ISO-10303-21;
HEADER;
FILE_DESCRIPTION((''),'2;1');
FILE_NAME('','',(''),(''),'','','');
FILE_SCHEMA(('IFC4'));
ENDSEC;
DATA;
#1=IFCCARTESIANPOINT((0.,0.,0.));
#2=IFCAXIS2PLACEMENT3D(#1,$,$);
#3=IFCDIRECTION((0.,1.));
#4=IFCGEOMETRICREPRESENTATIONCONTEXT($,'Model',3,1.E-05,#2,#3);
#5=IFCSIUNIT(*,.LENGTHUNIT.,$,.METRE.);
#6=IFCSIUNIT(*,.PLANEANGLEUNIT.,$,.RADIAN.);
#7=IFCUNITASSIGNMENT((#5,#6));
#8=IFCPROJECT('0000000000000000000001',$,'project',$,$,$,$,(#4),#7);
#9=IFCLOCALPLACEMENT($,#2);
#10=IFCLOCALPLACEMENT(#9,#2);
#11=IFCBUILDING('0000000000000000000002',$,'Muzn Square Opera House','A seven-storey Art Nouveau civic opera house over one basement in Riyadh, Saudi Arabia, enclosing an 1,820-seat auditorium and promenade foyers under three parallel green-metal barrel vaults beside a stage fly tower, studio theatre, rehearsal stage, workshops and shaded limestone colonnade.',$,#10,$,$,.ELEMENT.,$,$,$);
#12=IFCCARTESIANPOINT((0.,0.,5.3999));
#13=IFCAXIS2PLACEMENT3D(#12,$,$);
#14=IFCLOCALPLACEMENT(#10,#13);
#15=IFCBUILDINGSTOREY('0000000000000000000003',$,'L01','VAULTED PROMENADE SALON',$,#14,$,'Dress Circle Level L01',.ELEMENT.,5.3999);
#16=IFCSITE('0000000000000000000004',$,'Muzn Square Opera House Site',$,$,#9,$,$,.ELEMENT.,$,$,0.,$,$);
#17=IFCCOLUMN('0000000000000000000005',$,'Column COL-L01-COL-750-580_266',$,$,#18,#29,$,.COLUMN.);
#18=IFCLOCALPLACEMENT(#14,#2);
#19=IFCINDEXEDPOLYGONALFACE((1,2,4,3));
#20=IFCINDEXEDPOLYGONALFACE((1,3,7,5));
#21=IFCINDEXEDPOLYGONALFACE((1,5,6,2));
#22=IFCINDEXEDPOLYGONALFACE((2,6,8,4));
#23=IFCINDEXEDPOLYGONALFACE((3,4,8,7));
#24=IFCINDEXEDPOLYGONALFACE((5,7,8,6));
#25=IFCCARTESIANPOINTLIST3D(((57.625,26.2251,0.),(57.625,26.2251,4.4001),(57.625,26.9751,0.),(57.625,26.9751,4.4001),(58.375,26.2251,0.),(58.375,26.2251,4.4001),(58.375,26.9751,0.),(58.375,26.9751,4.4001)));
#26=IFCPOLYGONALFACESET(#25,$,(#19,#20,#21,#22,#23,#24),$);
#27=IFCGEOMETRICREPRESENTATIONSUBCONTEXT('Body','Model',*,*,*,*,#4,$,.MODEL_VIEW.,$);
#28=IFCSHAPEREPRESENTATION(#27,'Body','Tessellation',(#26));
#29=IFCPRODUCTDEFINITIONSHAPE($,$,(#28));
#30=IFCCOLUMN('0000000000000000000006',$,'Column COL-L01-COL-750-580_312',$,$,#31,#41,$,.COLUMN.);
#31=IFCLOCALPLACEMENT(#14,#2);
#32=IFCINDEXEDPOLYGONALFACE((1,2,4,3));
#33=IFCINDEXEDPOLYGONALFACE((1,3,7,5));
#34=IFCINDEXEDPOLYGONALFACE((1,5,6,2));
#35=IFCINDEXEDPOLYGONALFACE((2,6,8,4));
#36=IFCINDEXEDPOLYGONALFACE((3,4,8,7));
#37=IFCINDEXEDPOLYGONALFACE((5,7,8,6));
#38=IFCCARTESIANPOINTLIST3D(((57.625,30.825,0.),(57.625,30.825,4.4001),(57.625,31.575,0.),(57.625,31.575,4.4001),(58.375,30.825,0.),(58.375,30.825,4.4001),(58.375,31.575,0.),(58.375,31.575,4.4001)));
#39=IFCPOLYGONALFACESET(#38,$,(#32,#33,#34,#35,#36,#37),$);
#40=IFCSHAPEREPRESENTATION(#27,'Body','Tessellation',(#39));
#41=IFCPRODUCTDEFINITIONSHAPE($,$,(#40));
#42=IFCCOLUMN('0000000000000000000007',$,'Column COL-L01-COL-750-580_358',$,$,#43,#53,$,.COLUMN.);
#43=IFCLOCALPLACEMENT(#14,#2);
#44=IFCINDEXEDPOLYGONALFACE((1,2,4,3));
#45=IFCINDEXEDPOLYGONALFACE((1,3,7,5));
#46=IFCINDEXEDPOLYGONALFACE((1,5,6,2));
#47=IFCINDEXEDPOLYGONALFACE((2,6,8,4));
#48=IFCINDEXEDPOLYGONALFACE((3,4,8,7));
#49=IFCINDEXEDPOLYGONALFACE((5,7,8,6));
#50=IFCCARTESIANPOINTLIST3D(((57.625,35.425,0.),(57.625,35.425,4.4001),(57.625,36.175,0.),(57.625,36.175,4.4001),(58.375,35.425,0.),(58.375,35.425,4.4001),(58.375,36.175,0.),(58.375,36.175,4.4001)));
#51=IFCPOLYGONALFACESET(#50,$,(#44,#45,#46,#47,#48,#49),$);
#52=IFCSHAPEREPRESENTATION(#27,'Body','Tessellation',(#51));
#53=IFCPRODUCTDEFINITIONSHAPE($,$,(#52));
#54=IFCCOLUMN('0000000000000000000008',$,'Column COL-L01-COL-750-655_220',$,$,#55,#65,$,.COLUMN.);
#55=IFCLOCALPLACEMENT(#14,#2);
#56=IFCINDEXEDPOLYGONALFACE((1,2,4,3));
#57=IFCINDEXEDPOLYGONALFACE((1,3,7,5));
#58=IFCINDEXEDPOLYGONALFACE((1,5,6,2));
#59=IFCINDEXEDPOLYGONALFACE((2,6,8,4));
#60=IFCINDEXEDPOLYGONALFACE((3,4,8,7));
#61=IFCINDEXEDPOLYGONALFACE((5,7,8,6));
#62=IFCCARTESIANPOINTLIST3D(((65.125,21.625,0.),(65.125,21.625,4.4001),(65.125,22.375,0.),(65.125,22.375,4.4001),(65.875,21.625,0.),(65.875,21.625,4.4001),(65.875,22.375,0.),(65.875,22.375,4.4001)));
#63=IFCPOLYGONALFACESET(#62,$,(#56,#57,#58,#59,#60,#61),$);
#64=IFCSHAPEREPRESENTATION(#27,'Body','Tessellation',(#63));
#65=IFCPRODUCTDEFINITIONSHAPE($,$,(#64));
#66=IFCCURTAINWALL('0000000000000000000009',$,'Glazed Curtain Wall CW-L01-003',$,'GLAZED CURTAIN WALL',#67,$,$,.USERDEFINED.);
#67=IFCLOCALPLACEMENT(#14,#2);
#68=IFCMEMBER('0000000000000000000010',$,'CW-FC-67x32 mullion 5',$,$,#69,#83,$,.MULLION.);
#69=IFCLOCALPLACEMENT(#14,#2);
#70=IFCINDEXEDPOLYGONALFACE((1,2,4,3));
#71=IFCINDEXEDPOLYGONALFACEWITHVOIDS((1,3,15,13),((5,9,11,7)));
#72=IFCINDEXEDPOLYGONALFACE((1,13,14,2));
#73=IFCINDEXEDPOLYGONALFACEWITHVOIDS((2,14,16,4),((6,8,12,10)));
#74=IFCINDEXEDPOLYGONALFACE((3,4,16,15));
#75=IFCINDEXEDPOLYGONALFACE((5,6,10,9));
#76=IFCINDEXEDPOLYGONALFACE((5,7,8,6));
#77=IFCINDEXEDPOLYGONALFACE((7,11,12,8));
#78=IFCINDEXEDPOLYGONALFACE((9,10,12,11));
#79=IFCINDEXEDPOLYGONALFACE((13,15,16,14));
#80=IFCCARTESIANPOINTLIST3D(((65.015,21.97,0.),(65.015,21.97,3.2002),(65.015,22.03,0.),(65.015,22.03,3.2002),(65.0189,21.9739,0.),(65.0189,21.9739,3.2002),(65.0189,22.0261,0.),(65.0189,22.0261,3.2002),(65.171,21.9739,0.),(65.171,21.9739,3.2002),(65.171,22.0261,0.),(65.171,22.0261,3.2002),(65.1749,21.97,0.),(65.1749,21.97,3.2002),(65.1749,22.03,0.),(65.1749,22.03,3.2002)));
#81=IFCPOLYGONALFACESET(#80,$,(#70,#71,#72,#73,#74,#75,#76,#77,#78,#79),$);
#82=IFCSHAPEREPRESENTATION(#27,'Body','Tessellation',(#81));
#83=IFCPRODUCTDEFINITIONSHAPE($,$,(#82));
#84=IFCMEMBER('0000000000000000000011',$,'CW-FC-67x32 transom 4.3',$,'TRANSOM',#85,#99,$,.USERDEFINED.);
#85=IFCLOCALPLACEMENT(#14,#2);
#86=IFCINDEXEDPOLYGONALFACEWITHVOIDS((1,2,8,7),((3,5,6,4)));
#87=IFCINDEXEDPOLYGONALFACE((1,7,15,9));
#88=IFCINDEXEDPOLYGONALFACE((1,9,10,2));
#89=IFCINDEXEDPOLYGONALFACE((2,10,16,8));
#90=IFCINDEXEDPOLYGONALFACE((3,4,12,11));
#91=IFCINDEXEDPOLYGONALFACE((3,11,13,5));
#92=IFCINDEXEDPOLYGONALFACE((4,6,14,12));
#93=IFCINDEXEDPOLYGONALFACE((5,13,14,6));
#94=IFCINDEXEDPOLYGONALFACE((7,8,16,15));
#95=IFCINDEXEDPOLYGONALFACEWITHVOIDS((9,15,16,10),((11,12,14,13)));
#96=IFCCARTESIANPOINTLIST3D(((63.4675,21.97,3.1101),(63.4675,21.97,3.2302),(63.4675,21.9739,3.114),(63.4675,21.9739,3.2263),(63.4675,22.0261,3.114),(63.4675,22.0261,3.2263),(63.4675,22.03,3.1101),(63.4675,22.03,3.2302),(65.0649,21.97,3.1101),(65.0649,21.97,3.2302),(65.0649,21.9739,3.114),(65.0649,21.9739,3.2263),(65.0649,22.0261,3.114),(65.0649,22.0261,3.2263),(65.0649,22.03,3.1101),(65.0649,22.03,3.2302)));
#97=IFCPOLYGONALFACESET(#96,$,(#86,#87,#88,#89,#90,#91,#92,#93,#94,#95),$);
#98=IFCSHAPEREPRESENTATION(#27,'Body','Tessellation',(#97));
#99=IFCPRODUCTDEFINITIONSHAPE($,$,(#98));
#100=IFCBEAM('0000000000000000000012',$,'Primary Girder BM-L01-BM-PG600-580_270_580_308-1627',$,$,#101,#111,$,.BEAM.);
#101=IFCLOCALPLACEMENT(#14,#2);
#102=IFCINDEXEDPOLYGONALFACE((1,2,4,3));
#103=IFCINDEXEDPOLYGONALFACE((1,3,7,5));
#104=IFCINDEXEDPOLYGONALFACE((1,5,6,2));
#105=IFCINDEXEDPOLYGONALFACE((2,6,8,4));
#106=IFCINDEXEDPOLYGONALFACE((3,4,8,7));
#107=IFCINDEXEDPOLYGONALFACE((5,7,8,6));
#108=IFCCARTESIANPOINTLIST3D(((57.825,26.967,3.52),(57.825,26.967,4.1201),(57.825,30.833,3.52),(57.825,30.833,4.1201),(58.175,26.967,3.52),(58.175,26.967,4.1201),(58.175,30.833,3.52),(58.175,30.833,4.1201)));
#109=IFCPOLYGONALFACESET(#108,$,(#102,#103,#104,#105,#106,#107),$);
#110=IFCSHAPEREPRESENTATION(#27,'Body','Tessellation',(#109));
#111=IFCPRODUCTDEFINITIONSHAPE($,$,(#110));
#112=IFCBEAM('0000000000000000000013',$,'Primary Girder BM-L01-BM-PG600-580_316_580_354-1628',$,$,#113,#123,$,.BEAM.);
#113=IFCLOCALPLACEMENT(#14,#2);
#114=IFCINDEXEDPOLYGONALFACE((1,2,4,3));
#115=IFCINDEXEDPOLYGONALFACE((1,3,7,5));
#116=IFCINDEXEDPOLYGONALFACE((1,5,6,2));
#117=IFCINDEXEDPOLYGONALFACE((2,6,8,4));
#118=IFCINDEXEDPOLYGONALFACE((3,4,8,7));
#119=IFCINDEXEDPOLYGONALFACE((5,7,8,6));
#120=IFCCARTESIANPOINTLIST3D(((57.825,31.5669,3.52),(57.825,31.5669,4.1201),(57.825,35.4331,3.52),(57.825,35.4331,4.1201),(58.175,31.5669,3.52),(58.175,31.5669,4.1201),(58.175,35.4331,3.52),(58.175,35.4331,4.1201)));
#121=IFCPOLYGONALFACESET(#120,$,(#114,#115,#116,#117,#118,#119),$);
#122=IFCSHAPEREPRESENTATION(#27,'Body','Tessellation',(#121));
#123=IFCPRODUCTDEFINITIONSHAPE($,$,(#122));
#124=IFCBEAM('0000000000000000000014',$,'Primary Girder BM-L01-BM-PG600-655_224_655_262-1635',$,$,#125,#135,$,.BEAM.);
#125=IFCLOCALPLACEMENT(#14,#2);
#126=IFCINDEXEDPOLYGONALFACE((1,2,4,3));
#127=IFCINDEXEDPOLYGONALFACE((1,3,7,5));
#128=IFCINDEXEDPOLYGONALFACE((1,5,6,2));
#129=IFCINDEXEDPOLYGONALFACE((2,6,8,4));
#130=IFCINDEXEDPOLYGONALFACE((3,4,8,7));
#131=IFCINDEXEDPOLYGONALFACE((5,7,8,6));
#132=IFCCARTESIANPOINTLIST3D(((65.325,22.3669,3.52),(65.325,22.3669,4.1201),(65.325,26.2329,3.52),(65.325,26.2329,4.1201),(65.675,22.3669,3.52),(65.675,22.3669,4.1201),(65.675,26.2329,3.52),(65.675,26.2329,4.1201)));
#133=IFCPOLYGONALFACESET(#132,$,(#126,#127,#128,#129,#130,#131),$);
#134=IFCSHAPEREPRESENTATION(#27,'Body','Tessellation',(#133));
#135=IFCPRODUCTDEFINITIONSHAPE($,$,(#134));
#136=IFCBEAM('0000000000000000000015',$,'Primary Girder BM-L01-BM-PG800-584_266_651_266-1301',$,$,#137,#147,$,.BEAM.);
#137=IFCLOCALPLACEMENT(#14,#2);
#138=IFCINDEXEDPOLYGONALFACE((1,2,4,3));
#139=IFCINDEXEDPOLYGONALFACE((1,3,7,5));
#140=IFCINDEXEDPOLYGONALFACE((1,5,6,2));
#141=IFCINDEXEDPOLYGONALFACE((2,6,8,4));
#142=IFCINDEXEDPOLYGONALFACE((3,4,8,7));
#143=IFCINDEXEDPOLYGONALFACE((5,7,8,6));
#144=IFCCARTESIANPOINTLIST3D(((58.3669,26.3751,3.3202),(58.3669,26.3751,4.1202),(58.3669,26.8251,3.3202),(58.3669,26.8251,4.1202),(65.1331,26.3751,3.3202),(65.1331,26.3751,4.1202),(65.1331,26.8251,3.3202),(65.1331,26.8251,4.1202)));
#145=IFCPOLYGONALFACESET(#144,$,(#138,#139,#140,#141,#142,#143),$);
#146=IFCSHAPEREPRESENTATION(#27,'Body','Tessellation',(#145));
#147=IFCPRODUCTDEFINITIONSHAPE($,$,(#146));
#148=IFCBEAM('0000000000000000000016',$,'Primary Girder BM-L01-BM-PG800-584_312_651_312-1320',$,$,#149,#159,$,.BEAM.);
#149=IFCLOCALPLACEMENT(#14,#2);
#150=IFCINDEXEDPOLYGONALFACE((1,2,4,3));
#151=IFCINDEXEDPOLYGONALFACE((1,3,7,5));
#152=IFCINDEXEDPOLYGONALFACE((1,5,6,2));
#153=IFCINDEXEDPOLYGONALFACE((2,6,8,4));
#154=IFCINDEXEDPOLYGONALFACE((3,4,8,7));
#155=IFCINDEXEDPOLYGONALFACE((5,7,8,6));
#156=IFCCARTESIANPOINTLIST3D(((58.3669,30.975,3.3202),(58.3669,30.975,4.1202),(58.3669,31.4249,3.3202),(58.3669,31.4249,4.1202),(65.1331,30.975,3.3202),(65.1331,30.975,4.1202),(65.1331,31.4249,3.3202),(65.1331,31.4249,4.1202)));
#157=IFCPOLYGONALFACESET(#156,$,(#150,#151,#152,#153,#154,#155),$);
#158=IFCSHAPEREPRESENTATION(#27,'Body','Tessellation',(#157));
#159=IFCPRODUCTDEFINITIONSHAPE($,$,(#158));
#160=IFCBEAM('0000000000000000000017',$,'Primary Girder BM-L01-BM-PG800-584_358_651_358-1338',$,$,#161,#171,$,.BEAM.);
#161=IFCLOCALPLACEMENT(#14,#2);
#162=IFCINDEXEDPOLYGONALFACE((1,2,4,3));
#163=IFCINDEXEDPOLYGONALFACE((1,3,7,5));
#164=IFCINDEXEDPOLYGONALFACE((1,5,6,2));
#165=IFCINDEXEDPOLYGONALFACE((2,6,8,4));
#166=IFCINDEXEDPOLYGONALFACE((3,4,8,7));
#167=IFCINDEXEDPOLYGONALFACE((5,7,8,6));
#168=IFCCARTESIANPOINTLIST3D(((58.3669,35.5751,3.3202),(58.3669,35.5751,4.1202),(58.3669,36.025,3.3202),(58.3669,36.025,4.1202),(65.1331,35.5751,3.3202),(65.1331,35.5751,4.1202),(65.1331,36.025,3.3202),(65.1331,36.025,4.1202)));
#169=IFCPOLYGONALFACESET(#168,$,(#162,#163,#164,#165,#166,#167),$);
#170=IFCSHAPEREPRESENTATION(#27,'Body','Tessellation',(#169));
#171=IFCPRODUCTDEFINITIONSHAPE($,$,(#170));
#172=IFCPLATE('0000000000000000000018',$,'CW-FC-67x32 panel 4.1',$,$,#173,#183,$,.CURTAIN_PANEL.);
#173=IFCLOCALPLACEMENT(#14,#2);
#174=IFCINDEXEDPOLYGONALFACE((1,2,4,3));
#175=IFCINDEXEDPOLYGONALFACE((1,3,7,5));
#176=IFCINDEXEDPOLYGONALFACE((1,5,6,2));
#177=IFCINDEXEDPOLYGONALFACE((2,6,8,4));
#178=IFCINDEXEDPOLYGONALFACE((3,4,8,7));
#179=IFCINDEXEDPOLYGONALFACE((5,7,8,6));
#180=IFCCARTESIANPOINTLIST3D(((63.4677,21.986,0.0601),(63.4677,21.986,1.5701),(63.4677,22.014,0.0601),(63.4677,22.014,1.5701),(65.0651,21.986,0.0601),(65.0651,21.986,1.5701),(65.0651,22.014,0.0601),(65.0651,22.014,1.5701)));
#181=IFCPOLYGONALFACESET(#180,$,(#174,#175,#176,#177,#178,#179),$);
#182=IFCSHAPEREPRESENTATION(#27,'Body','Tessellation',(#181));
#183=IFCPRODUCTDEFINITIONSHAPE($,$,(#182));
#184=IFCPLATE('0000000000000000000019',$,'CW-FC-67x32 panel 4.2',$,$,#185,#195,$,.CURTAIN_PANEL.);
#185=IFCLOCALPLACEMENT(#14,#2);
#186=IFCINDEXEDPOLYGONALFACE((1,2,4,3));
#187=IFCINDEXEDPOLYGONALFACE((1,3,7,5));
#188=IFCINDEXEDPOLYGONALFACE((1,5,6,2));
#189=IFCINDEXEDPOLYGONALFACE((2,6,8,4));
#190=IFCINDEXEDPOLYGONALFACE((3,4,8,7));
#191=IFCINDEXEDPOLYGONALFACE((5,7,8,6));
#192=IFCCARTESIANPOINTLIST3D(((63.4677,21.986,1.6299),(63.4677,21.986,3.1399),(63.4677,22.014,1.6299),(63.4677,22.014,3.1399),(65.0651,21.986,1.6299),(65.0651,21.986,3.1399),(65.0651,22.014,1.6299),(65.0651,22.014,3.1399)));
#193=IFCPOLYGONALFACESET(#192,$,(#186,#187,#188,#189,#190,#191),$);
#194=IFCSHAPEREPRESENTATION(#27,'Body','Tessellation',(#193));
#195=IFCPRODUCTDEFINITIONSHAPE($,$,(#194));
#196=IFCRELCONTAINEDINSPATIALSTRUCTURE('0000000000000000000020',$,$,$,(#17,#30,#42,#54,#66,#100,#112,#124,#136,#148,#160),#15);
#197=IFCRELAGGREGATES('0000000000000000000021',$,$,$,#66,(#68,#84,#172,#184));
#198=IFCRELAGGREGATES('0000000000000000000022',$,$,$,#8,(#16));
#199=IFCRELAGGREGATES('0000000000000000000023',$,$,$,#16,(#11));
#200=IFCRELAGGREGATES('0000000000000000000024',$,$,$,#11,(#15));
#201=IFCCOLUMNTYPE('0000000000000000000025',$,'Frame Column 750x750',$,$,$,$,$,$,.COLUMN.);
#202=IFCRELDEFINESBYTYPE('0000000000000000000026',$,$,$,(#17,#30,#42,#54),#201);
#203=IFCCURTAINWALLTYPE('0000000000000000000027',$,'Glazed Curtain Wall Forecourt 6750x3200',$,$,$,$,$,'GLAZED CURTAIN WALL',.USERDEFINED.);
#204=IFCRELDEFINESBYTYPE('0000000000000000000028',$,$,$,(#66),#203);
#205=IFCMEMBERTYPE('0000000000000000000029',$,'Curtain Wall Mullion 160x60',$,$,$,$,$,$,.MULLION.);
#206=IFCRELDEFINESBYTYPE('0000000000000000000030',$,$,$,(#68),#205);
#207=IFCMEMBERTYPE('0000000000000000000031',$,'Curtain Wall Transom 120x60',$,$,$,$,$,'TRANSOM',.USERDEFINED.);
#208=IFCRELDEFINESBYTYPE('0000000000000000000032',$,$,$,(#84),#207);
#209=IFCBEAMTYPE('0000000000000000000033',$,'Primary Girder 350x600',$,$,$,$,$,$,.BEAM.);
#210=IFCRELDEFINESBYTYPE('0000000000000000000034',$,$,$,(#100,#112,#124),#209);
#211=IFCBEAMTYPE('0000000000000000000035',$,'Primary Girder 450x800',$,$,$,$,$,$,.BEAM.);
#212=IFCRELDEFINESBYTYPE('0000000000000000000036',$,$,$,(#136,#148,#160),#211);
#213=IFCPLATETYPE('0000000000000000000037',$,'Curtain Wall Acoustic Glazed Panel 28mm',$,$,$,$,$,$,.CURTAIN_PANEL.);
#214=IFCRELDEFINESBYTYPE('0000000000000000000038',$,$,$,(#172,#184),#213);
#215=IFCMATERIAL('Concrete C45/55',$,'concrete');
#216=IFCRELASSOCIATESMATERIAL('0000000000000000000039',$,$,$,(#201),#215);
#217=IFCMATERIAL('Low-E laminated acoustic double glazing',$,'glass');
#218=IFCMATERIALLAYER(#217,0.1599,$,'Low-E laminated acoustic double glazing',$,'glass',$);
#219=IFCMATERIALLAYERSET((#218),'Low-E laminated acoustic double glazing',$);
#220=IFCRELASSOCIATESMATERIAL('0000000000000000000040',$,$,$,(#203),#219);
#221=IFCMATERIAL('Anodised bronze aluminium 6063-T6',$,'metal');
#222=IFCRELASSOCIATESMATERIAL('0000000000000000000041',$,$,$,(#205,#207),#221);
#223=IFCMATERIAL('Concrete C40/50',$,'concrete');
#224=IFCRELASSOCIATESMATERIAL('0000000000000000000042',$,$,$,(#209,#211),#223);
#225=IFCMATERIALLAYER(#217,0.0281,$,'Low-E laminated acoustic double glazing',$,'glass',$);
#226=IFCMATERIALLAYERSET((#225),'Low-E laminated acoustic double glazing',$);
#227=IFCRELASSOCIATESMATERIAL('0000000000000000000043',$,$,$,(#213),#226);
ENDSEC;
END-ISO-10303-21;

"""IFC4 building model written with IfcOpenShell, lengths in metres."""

from ifc_helpers import new_model, si_unit, direction, frame, origin, origin_2d, place, context, subcontext, project, spatial, rectangle, hollow_rectangle, extrude, material, layer, layer_set, material_profile, profile_set, type_object, element, aggregate, save


model = new_model("IFC4")

# Units and contexts
model_context = context("Model", 3, precision=1e-05, world=origin(), true_north=direction((0.0, 1.0)))
body_context = subcontext(model_context, "Body", "Model", "MODEL_VIEW")
ifc_project = project(units=[si_unit("LENGTHUNIT", "METRE"), si_unit("PLANEANGLEUNIT", "RADIAN")], contexts=[model_context])

# Site, building, storey
site_placement = place(None, origin())
site = spatial("IfcSite", under=ifc_project, at=site_placement, Name="Muzn Square Opera House Site", CompositionType="ELEMENT", RefElevation=0.0)
building_placement = place(site_placement, origin())
building = spatial("IfcBuilding", under=site, at=building_placement, Name="Muzn Square Opera House", Description="A seven-storey Art Nouveau civic opera house over one basement in Riyadh, Saudi Arabia, enclosing an 1,820-seat auditorium and promenade foyers under three parallel green-metal barrel vaults beside a stage fly tower, studio theatre, rehearsal stage, workshops and shaded limestone colonnade.", CompositionType="ELEMENT")
storey_placement = place(building_placement, frame((0.0, 0.0, 5.3999)))
storey = spatial("IfcBuildingStorey", under=building, at=storey_placement, Name="L01", Description="VAULTED PROMENADE SALON", LongName="Dress Circle Level L01", CompositionType="ELEMENT", Elevation=5.3999)

# Columns
ifc_material_1 = material(Name="Concrete C45/55", Category="concrete")
ifc_material_profile_1 = material_profile(ifc_material_1, rectangle(XDim=0.75, YDim=0.75, at=origin_2d()), Name="RC 750x750", Category="concrete")
ifc_profile_set_1 = profile_set([ifc_material_profile_1], Name="Concrete C45/55")
column_type = type_object("IfcColumnType", Name="Frame Column 750x750", PredefinedType="COLUMN", material=ifc_profile_set_1)
for number, where, z_axis, x_axis, name in (
    (1, (58.0, 26.6001, 0.0), (0.0, 0.0, 1.0), (1.0, 0.0, 0.0), "Column COL-L01-COL-750-580_266"),
    (2, (58.0, 31.2, 0.0), (0.0, 0.0, 1.0), (1.0, 0.0, 0.0), "Column COL-L01-COL-750-580_312"),
    (3, (58.0, 35.8, 0.0), (0.0, 0.0, 1.0), (1.0, 0.0, 0.0), "Column COL-L01-COL-750-580_358"),
    (4, (65.5, 22.0, 0.0), (0.0, 0.0, 1.0), (1.0, 0.0, 0.0), "Column COL-L01-COL-750-655_220"),
):
    element("IfcColumn", number, at=place(storey_placement, frame(where, z_axis=z_axis, x_axis=x_axis)), inside=storey, type_object=column_type, Name=name, PredefinedType="COLUMN", context=body_context, shape_type="SweptSolid", body=[
        extrude(rectangle(XDim=0.75, YDim=0.75, at=origin_2d()), origin(), (0.0, 0.0, 1.0), 4.4001),
    ])

# Curtain wall, members
ifc_material_2 = material(Name="Low-E laminated acoustic double glazing", Category="glass")
ifc_layer_1 = layer(ifc_material_2, 0.1599, Name="Low-E laminated acoustic double glazing", Category="glass")
ifc_layer_set_1 = layer_set([ifc_layer_1], Name="Low-E laminated acoustic double glazing")
curtain_wall_type = type_object("IfcCurtainWallType", Name="Glazed Curtain Wall Forecourt 6750x3200", ElementType="GLAZED CURTAIN WALL", PredefinedType="USERDEFINED", material=ifc_layer_set_1)
curtain_wall_placement = place(storey_placement, origin())
curtain_wall = element("IfcCurtainWall", 5, at=curtain_wall_placement, inside=storey, type_object=curtain_wall_type, Name="Glazed Curtain Wall CW-L01-003", ObjectType="GLAZED CURTAIN WALL", PredefinedType="USERDEFINED")
ifc_material_3 = material(Name="Anodised bronze aluminium 6063-T6", Category="metal")
ifc_material_profile_2 = material_profile(ifc_material_3, hollow_rectangle(XDim=0.0601, YDim=0.1599, WallThickness=0.0039, at=origin_2d()), Name="ALU 160x60x4", Category="metal")
ifc_profile_set_2 = profile_set([ifc_material_profile_2], Name="Anodised bronze aluminium 6063-T6")
member_type_1 = type_object("IfcMemberType", Name="Curtain Wall Mullion 160x60", PredefinedType="MULLION", material=ifc_profile_set_2)
member_1_placement = place(storey_placement, frame((65.095, 22.0, 0.0), z_axis=(0.0, 0.0, 1.0), x_axis=(0.0, 1.0, 0.0)))
member_1 = element("IfcMember", 6, at=member_1_placement, type_object=member_type_1, Name="CW-FC-67x32 mullion 5", PredefinedType="MULLION", context=body_context, shape_type="SweptSolid", body=[
    extrude(hollow_rectangle(XDim=0.0601, YDim=0.1599, WallThickness=0.0039, at=origin_2d()), origin(), (0.0, 0.0, 1.0), 3.2002),
])
ifc_material_profile_3 = material_profile(ifc_material_3, hollow_rectangle(XDim=0.0601, YDim=0.1201, WallThickness=0.0039, at=origin_2d()), Name="ALU 120x60x4", Category="metal")
ifc_profile_set_3 = profile_set([ifc_material_profile_3], Name="Anodised bronze aluminium 6063-T6")
member_type_2 = type_object("IfcMemberType", Name="Curtain Wall Transom 120x60", ElementType="TRANSOM", PredefinedType="USERDEFINED", material=ifc_profile_set_3)
member_2_placement = place(storey_placement, frame((63.4675, 22.0, 3.1702), z_axis=(1.0, 0.0, 0.0), x_axis=(0.0, 1.0, 0.0)))
member_2 = element("IfcMember", 7, at=member_2_placement, type_object=member_type_2, Name="CW-FC-67x32 transom 4.3", ObjectType="TRANSOM", PredefinedType="USERDEFINED", context=body_context, shape_type="SweptSolid", body=[
    extrude(hollow_rectangle(XDim=0.0601, YDim=0.1201, WallThickness=0.0039, at=origin_2d()), origin(), (0.0, 0.0, 1.0), 1.5974),
])

# Beams
ifc_material_4 = material(Name="Concrete C40/50", Category="concrete")
ifc_material_profile_4 = material_profile(ifc_material_4, rectangle(XDim=0.3501, YDim=0.6001, at=origin_2d()), Name="RCB 350x600", Category="concrete")
ifc_profile_set_4 = profile_set([ifc_material_profile_4], Name="Concrete C40/50")
beam_type_1 = type_object("IfcBeamType", Name="Primary Girder 350x600", PredefinedType="BEAM", material=ifc_profile_set_4)
beam_1_placement = place(storey_placement, frame((58.0, 26.967, 3.8201), z_axis=(0.0, 1.0, 0.0), x_axis=(-1.0, 0.0, 0.0)))
element("IfcBeam", 8, at=beam_1_placement, inside=storey, type_object=beam_type_1, Name="Primary Girder BM-L01-BM-PG600-580_270_580_308-1627", PredefinedType="BEAM", context=body_context, shape_type="SweptSolid", body=[
    extrude(rectangle(XDim=0.3501, YDim=0.6001, at=origin_2d()), origin(), (0.0, 0.0, 1.0), 3.866),
])
beam_2_placement = place(storey_placement, frame((58.0, 31.5669, 3.8201), z_axis=(0.0, 1.0, 0.0), x_axis=(-1.0, 0.0, 0.0)))
element("IfcBeam", 9, at=beam_2_placement, inside=storey, type_object=beam_type_1, Name="Primary Girder BM-L01-BM-PG600-580_316_580_354-1628", PredefinedType="BEAM", context=body_context, shape_type="SweptSolid", body=[
    extrude(rectangle(XDim=0.3501, YDim=0.6001, at=origin_2d()), origin(), (0.0, 0.0, 1.0), 3.8662),
])
beam_3_placement = place(storey_placement, frame((65.5, 22.3669, 3.8201), z_axis=(0.0, 1.0, 0.0), x_axis=(-1.0, 0.0, 0.0)))
element("IfcBeam", 10, at=beam_3_placement, inside=storey, type_object=beam_type_1, Name="Primary Girder BM-L01-BM-PG600-655_224_655_262-1635", PredefinedType="BEAM", context=body_context, shape_type="SweptSolid", body=[
    extrude(rectangle(XDim=0.3501, YDim=0.6001, at=origin_2d()), origin(), (0.0, 0.0, 1.0), 3.866),
])
ifc_material_profile_5 = material_profile(ifc_material_4, rectangle(XDim=0.45, YDim=0.8, at=origin_2d()), Name="RCB 450x800", Category="concrete")
ifc_profile_set_5 = profile_set([ifc_material_profile_5], Name="Concrete C40/50")
beam_type_2 = type_object("IfcBeamType", Name="Primary Girder 450x800", PredefinedType="BEAM", material=ifc_profile_set_5)
for number, where, z_axis, x_axis, name in (
    (11, (58.3669, 26.6001, 3.7202), (1.0, 0.0, 0.0), (0.0, 1.0, 0.0), "Primary Girder BM-L01-BM-PG800-584_266_651_266-1301"),
    (12, (58.3669, 31.2, 3.7202), (1.0, 0.0, 0.0), (0.0, 1.0, 0.0), "Primary Girder BM-L01-BM-PG800-584_312_651_312-1320"),
    (13, (58.3669, 35.8, 3.7202), (1.0, 0.0, 0.0), (0.0, 1.0, 0.0), "Primary Girder BM-L01-BM-PG800-584_358_651_358-1338"),
):
    element("IfcBeam", number, at=place(storey_placement, frame(where, z_axis=z_axis, x_axis=x_axis)), inside=storey, type_object=beam_type_2, Name=name, PredefinedType="BEAM", context=body_context, shape_type="SweptSolid", body=[
        extrude(rectangle(XDim=0.45, YDim=0.8, at=origin_2d()), origin(), (0.0, 0.0, 1.0), 6.7661),
    ])

# Plates
ifc_layer_2 = layer(ifc_material_2, 0.0281, Name="Low-E laminated acoustic double glazing", Category="glass")
ifc_layer_set_2 = layer_set([ifc_layer_2], Name="Low-E laminated acoustic double glazing")
plate_type = type_object("IfcPlateType", Name="Curtain Wall Acoustic Glazed Panel 28mm", PredefinedType="CURTAIN_PANEL", material=ifc_layer_set_2)
plate_1_placement = place(storey_placement, frame((64.2664, 22.0, 0.0601), z_axis=(0.0, 0.0, 1.0), x_axis=(1.0, 0.0, 0.0)))
plate_1 = element("IfcPlate", 14, at=plate_1_placement, type_object=plate_type, Name="CW-FC-67x32 panel 4.1", PredefinedType="CURTAIN_PANEL", context=body_context, shape_type="SweptSolid", body=[
    extrude(rectangle(XDim=1.5974, YDim=0.0281, at=origin_2d()), origin(), (0.0, 0.0, 1.0), 1.51),
])
plate_2_placement = place(storey_placement, frame((64.2664, 22.0, 1.6299), z_axis=(0.0, 0.0, 1.0), x_axis=(1.0, 0.0, 0.0)))
plate_2 = element("IfcPlate", 15, at=plate_2_placement, type_object=plate_type, Name="CW-FC-67x32 panel 4.2", PredefinedType="CURTAIN_PANEL", context=body_context, shape_type="SweptSolid", body=[
    extrude(rectangle(XDim=1.5974, YDim=0.0281, at=origin_2d()), origin(), (0.0, 0.0, 1.0), 1.51),
])
aggregate(curtain_wall, [member_1, member_2, plate_1, plate_2])

save(model, "model.ifc")
